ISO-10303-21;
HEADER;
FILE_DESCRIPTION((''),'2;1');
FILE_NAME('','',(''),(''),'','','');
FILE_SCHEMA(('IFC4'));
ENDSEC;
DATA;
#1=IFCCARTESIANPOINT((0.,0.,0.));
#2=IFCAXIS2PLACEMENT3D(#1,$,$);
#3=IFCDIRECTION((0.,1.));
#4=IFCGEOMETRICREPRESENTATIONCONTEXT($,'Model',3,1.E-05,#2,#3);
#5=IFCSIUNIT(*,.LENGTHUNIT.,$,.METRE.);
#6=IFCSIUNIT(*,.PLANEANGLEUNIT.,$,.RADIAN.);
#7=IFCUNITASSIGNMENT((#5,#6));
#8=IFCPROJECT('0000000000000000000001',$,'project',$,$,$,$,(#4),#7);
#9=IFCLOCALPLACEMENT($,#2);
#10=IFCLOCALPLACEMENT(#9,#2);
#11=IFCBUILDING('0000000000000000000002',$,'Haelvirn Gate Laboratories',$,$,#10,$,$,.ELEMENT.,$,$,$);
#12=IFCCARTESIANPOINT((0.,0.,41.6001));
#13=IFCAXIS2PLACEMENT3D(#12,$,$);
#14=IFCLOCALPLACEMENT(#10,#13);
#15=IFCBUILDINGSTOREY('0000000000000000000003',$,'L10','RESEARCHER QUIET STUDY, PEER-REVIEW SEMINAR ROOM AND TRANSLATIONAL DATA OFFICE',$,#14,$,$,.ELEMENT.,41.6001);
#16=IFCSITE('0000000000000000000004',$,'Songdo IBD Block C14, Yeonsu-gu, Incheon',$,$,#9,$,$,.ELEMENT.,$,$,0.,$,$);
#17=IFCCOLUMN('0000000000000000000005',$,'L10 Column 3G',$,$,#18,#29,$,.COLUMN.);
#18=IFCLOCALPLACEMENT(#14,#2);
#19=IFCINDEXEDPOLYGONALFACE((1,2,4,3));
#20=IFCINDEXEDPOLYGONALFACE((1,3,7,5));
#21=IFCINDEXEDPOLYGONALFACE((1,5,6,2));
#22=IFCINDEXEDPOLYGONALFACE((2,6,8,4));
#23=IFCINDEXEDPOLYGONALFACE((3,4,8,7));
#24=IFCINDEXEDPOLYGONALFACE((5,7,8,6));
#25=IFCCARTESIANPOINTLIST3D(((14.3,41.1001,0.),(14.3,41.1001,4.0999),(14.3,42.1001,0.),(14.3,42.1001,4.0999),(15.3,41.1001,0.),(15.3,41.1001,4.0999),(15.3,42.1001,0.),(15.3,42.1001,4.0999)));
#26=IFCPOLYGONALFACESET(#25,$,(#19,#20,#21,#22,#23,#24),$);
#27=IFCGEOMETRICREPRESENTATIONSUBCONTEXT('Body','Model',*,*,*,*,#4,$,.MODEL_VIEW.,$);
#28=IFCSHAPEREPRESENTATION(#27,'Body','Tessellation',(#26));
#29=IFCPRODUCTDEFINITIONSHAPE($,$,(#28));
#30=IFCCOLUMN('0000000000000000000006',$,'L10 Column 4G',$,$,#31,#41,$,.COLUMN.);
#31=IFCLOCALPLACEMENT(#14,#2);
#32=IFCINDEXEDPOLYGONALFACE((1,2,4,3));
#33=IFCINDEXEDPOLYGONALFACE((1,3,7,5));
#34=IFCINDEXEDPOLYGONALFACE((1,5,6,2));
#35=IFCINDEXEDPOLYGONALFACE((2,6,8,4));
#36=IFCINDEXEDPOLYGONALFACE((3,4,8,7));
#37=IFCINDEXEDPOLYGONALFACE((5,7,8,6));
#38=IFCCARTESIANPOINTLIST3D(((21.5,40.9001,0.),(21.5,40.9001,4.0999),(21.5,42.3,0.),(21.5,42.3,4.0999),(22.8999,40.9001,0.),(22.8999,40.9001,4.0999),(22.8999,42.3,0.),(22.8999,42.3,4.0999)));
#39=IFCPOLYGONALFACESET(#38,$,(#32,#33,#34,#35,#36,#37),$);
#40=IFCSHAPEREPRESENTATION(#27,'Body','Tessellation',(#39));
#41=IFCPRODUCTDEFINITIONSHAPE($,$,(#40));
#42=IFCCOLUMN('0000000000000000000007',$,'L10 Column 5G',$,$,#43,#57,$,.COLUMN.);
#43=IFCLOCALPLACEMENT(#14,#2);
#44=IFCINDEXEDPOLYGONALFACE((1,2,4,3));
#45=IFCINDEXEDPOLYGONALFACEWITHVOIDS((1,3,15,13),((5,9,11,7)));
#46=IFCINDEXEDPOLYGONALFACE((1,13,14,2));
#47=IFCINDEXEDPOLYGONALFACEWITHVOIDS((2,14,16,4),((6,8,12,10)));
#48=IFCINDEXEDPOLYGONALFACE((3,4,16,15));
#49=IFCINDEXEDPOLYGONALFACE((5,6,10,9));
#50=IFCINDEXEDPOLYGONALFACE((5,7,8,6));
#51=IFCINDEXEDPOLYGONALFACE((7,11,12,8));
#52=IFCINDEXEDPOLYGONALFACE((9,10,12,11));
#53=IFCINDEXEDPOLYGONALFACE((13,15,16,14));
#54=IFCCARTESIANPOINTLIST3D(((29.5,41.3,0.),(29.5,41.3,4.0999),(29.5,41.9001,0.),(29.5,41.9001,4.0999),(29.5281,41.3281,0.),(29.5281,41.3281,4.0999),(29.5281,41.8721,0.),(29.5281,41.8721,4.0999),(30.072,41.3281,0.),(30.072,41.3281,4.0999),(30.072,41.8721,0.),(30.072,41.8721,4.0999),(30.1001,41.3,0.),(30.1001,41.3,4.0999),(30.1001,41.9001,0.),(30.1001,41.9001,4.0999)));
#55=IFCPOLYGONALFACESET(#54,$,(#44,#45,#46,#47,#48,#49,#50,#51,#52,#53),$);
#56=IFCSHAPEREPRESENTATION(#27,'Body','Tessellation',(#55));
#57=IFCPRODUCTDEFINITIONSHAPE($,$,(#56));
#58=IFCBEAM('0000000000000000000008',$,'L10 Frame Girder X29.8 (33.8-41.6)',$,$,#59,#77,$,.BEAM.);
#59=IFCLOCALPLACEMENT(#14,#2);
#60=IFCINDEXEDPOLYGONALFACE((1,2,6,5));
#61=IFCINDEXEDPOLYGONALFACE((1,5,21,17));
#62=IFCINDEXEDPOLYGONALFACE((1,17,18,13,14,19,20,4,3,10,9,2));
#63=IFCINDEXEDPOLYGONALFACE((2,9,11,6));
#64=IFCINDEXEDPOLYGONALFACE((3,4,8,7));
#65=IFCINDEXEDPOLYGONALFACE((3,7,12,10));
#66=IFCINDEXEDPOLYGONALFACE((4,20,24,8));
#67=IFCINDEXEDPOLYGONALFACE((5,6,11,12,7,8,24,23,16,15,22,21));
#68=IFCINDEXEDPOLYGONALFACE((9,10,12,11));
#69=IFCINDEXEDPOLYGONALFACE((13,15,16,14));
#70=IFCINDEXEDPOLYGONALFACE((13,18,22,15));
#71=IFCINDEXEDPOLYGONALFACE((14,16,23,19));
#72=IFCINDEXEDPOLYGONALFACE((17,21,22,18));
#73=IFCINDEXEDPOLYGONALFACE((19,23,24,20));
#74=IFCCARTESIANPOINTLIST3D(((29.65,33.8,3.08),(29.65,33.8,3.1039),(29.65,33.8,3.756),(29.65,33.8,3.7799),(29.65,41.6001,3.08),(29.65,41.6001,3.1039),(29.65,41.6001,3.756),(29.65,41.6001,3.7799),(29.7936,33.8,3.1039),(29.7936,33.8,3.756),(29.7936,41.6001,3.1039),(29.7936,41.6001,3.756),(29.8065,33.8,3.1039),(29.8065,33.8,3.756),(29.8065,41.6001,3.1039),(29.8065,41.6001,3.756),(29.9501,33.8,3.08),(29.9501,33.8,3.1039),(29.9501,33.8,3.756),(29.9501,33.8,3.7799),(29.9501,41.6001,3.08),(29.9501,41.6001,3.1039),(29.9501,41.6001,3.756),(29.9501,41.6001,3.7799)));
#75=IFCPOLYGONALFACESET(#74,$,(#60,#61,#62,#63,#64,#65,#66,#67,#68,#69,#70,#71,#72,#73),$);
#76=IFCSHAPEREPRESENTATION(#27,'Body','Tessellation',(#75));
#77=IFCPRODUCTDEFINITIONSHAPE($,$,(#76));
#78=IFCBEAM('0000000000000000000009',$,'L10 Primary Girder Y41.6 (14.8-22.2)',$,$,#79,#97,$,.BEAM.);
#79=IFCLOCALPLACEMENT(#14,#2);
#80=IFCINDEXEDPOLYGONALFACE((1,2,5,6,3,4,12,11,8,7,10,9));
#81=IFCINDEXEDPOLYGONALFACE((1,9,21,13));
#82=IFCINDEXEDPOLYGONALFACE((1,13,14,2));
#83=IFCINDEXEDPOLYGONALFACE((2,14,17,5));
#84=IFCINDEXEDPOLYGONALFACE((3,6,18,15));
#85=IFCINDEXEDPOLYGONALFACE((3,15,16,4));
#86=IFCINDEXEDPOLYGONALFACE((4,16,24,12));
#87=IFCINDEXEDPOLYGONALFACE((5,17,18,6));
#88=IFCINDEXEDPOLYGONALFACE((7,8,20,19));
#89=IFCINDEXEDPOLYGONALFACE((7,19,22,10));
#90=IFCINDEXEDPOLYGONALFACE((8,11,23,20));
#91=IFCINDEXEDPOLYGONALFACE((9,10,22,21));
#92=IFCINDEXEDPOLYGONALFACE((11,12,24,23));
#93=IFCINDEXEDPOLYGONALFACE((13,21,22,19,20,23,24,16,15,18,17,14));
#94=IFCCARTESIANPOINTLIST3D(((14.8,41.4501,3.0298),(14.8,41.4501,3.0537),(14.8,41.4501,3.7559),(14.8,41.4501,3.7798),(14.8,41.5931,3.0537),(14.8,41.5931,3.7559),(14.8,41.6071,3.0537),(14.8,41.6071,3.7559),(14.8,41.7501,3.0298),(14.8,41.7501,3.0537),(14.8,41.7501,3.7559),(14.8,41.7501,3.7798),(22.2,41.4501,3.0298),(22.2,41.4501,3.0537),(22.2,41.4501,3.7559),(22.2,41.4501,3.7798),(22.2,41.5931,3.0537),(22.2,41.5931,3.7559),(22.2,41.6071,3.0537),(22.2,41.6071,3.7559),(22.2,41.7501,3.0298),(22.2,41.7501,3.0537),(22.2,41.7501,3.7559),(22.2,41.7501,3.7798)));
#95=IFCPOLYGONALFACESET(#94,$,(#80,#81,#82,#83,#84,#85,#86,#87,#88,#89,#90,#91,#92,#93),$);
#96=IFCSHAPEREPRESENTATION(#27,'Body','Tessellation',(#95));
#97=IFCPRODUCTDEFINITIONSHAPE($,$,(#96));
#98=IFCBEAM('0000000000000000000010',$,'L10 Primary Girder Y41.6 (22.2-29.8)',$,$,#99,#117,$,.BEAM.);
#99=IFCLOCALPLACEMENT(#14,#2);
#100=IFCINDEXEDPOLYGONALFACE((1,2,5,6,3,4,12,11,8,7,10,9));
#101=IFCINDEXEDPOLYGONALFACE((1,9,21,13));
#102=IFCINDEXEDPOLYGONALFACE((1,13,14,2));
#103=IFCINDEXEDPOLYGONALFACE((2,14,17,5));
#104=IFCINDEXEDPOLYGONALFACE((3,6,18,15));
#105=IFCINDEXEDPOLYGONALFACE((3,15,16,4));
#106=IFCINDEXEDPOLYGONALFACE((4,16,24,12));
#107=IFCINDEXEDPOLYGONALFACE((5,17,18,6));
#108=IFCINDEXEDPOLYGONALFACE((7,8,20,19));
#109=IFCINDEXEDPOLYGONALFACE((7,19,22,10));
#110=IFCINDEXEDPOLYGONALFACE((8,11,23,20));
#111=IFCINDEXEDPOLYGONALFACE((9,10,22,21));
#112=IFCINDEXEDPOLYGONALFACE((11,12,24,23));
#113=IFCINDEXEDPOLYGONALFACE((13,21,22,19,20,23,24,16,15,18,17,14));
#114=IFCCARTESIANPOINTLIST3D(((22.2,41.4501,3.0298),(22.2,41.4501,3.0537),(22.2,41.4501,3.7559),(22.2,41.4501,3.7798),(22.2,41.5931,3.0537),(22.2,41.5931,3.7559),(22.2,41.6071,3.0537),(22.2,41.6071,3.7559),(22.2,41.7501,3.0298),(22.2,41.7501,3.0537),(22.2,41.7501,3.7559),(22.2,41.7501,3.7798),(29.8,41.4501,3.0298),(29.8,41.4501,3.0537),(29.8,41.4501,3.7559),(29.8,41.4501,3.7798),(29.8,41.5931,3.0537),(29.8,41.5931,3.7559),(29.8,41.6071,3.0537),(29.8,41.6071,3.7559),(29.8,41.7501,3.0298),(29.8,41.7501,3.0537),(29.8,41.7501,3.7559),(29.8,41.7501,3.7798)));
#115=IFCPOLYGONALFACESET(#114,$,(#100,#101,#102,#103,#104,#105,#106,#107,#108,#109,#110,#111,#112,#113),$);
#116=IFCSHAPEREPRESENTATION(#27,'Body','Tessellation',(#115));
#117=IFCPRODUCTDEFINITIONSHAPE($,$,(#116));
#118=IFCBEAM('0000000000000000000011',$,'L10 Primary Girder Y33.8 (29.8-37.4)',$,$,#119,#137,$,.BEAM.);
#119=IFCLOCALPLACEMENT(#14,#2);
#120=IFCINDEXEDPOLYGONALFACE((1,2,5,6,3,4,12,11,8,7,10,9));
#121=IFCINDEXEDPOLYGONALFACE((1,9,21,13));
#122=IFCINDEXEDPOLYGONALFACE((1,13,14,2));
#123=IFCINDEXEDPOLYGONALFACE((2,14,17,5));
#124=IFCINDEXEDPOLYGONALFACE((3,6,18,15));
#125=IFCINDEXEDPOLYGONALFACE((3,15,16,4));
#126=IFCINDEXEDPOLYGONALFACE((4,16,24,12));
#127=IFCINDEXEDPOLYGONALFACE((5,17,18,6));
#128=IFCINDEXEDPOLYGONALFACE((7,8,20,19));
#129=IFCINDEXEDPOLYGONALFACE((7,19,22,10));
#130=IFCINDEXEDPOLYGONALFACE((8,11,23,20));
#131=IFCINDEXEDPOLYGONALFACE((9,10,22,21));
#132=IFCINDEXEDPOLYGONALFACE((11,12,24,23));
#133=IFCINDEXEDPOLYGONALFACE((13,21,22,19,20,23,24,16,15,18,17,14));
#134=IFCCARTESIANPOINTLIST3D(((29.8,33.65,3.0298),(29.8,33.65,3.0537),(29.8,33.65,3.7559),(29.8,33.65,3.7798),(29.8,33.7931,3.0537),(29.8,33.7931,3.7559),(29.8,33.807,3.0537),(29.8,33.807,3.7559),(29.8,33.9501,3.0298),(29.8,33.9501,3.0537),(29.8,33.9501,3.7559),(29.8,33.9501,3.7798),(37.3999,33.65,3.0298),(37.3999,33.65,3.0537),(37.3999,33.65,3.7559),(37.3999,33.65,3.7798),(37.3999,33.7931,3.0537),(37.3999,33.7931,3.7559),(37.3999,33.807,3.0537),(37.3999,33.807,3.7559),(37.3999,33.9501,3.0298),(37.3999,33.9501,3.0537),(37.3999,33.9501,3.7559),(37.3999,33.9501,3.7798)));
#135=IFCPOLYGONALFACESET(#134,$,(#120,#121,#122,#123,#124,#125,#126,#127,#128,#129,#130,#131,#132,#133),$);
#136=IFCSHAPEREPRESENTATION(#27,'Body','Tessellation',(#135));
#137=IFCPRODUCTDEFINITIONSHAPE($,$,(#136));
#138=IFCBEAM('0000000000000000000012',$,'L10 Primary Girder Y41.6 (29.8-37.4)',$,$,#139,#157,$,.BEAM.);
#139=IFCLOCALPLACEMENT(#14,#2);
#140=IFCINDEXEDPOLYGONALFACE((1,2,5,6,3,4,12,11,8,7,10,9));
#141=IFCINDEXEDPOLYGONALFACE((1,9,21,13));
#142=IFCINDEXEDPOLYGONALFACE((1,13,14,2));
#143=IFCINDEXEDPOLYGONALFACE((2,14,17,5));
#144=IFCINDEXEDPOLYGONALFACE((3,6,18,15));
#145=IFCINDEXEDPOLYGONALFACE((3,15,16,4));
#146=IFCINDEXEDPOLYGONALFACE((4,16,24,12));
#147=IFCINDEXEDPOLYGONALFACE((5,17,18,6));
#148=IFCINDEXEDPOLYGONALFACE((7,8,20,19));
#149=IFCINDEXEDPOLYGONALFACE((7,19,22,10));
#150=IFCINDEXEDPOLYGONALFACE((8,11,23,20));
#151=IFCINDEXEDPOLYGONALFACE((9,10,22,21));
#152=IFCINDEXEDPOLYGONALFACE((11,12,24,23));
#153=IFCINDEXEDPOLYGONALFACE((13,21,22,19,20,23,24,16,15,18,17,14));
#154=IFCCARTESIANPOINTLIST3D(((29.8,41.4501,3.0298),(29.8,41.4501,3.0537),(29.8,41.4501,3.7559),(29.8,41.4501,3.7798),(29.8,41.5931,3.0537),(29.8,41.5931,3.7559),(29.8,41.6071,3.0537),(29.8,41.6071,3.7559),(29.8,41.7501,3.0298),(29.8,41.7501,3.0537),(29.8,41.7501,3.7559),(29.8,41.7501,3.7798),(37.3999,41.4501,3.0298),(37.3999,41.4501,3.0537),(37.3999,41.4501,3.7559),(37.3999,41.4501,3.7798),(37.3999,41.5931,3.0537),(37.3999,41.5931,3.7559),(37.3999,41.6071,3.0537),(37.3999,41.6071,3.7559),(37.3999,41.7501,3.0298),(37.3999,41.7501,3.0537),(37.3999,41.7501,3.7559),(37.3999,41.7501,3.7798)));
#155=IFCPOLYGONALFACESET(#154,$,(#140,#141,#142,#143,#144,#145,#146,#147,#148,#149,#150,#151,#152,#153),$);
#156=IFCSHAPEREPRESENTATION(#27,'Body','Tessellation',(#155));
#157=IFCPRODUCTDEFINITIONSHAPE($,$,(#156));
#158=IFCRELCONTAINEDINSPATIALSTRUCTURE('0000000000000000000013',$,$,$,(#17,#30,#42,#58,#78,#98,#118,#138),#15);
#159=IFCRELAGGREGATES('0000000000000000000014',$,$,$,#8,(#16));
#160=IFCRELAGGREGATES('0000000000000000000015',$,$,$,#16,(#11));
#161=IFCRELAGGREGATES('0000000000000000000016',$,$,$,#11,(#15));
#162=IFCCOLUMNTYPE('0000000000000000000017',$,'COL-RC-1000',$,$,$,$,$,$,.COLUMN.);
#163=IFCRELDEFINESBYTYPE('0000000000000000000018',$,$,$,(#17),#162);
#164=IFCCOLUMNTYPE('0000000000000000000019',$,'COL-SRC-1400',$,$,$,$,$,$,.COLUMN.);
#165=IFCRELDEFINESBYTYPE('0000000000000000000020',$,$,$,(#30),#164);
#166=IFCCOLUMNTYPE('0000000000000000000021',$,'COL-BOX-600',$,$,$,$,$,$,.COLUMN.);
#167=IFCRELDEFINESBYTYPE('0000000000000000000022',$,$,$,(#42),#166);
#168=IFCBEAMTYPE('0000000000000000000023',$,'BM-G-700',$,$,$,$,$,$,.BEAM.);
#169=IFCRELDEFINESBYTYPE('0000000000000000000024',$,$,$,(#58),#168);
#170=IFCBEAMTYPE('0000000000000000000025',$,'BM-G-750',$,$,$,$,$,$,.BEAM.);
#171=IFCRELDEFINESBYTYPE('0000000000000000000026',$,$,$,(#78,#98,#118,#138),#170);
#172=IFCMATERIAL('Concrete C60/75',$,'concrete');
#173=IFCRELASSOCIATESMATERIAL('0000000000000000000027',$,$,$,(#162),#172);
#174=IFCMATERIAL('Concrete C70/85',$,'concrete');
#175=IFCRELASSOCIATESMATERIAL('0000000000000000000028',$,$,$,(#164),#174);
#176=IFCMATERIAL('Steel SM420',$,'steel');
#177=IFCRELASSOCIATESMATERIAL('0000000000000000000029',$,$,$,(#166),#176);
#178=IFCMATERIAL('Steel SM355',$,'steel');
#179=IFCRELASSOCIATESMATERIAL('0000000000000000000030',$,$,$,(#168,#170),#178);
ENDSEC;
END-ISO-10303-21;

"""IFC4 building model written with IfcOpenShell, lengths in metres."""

from ifc_helpers import new_model, si_unit, direction, frame, origin, origin_2d, place, context, subcontext, project, spatial, rectangle, hollow_rectangle, i_section, extrude, source, transform, mapped, material, material_profile, profile_set, type_object, type_shapes, element, save


model = new_model("IFC4")

# Units and contexts
model_context = context("Model", 3, precision=1e-05, world=origin(), true_north=direction((0.0, 1.0)))
body_context = subcontext(model_context, "Body", "Model", "MODEL_VIEW")
ifc_project = project(units=[si_unit("LENGTHUNIT", "METRE"), si_unit("PLANEANGLEUNIT", "RADIAN")], contexts=[model_context])

# Site, building, storey
site_placement = place(None, origin())
site = spatial("IfcSite", under=ifc_project, at=site_placement, Name="Songdo IBD Block C14, Yeonsu-gu, Incheon", CompositionType="ELEMENT", RefElevation=0.0)
building_placement = place(site_placement, origin())
building = spatial("IfcBuilding", under=site, at=building_placement, Name="Haelvirn Gate Laboratories", CompositionType="ELEMENT")
storey_placement = place(building_placement, frame((0.0, 0.0, 41.6001)))
storey = spatial("IfcBuildingStorey", under=building, at=storey_placement, Name="L10", Description="RESEARCHER QUIET STUDY, PEER-REVIEW SEMINAR ROOM AND TRANSLATIONAL DATA OFFICE", CompositionType="ELEMENT", Elevation=41.6001)

# Columns
ifc_material_1 = material(Name="Concrete C60/75", Category="concrete")
ifc_material_profile_1 = material_profile(ifc_material_1, rectangle(XDim=1.0, YDim=1.0, at=origin_2d()), Name="RC-1000x1000")
ifc_profile_set_1 = profile_set([ifc_material_profile_1], Name="Concrete C60/75")
column_type_1 = type_object("IfcColumnType", Name="COL-RC-1000", PredefinedType="COLUMN", material=ifc_profile_set_1)
shared_shape_1 = source(origin(), body_context, "Body", "SweptSolid", [
    extrude(rectangle(XDim=1.0, YDim=1.0, at=origin_2d()), origin(), (0.0, 0.0, 1.0), 4.0999),
])
type_shapes(column_type_1, [shared_shape_1])
column_1_placement = place(storey_placement, frame((14.8, 41.6001, 0.0), z_axis=(0.0, 0.0, 1.0), x_axis=(1.0, 0.0, 0.0)))
element("IfcColumn", 1, at=column_1_placement, inside=storey, type_object=column_type_1, Name="L10 Column 3G", PredefinedType="COLUMN", context=body_context, shape_type="MappedRepresentation", body=[
    mapped(shared_shape_1, transform((0.0, 0.0, 0.0), scale=1.0)),
])
ifc_material_2 = material(Name="Concrete C70/85", Category="concrete")
ifc_material_profile_2 = material_profile(ifc_material_2, rectangle(XDim=1.3999, YDim=1.3999, at=origin_2d()), Name="SRC-1400x1400")
ifc_profile_set_2 = profile_set([ifc_material_profile_2], Name="Concrete C70/85")
column_type_2 = type_object("IfcColumnType", Name="COL-SRC-1400", PredefinedType="COLUMN", material=ifc_profile_set_2)
shared_shape_2 = source(origin(), body_context, "Body", "SweptSolid", [
    extrude(rectangle(XDim=1.3999, YDim=1.3999, at=origin_2d()), origin(), (0.0, 0.0, 1.0), 4.0999),
])
type_shapes(column_type_2, [shared_shape_2])
column_2_placement = place(storey_placement, frame((22.2, 41.6001, 0.0), z_axis=(0.0, 0.0, 1.0), x_axis=(1.0, 0.0, 0.0)))
element("IfcColumn", 2, at=column_2_placement, inside=storey, type_object=column_type_2, Name="L10 Column 4G", PredefinedType="COLUMN", context=body_context, shape_type="MappedRepresentation", body=[
    mapped(shared_shape_2, transform((0.0, 0.0, 0.0), scale=1.0)),
])
ifc_material_3 = material(Name="Steel SM420", Category="steel")
ifc_material_profile_3 = material_profile(ifc_material_3, hollow_rectangle(XDim=0.6001, YDim=0.6001, WallThickness=0.0281, at=origin_2d()), Name="BOX-600x600x28")
ifc_profile_set_3 = profile_set([ifc_material_profile_3], Name="Steel SM420")
column_type_3 = type_object("IfcColumnType", Name="COL-BOX-600", PredefinedType="COLUMN", material=ifc_profile_set_3)
shared_shape_3 = source(origin(), body_context, "Body", "SweptSolid", [
    extrude(hollow_rectangle(XDim=0.6001, YDim=0.6001, WallThickness=0.0281, at=origin_2d()), origin(), (0.0, 0.0, 1.0), 4.0999),
])
type_shapes(column_type_3, [shared_shape_3])
column_3_placement = place(storey_placement, frame((29.8, 41.6001, 0.0), z_axis=(0.0, 0.0, 1.0), x_axis=(1.0, 0.0, 0.0)))
element("IfcColumn", 3, at=column_3_placement, inside=storey, type_object=column_type_3, Name="L10 Column 5G", PredefinedType="COLUMN", context=body_context, shape_type="MappedRepresentation", body=[
    mapped(shared_shape_3, transform((0.0, 0.0, 0.0), scale=1.0)),
])

# Beams
ifc_material_4 = material(Name="Steel SM355", Category="steel")
ifc_material_profile_4 = material_profile(ifc_material_4, i_section(OverallWidth=0.3, OverallDepth=0.7, WebThickness=0.0129, FlangeThickness=0.0239, at=origin_2d()), Name="H-700x300x13x24")
ifc_profile_set_4 = profile_set([ifc_material_profile_4], Name="Steel SM355")
beam_type_1 = type_object("IfcBeamType", Name="BM-G-700", PredefinedType="BEAM", material=ifc_profile_set_4)
shared_shape_4 = source(origin(), body_context, "Body", "SweptSolid", [
    extrude(i_section(OverallWidth=0.3, OverallDepth=0.7, WebThickness=0.0129, FlangeThickness=0.0239, at=origin_2d()), origin(), (0.0, 0.0, 1.0), 7.8),
])
type_shapes(beam_type_1, [shared_shape_4])
beam_1_placement = place(storey_placement, frame((29.8, 33.8, 3.4299), z_axis=(0.0, 1.0, 0.0), x_axis=(-1.0, 0.0, 0.0)))
element("IfcBeam", 4, at=beam_1_placement, inside=storey, type_object=beam_type_1, Name="L10 Frame Girder X29.8 (33.8-41.6)", PredefinedType="BEAM", context=body_context, shape_type="MappedRepresentation", body=[
    mapped(shared_shape_4, transform((0.0, 0.0, 0.0), scale=1.0)),
])
ifc_material_profile_5 = material_profile(ifc_material_4, i_section(OverallWidth=0.3, OverallDepth=0.75, WebThickness=0.0139, FlangeThickness=0.0239, at=origin_2d()), Name="H-750x300x14x24")
ifc_profile_set_5 = profile_set([ifc_material_profile_5], Name="Steel SM355")
beam_type_2 = type_object("IfcBeamType", Name="BM-G-750", PredefinedType="BEAM", material=ifc_profile_set_5)
shared_shape_5 = source(origin(), body_context, "Body", "SweptSolid", [
    extrude(i_section(OverallWidth=0.3, OverallDepth=0.75, WebThickness=0.0139, FlangeThickness=0.0239, at=origin_2d()), origin(), (0.0, 0.0, 1.0), 7.3999),
])
beam_2_placement = place(storey_placement, frame((14.8, 41.6001, 3.4048), z_axis=(1.0, 0.0, 0.0), x_axis=(0.0, 1.0, 0.0)))
element("IfcBeam", 5, at=beam_2_placement, inside=storey, type_object=beam_type_2, Name="L10 Primary Girder Y41.6 (14.8-22.2)", PredefinedType="BEAM", context=body_context, shape_type="MappedRepresentation", body=[
    mapped(shared_shape_5, transform((0.0, 0.0, 0.0), scale=1.0)),
])
shared_shape_6 = source(origin(), body_context, "Body", "SweptSolid", [
    extrude(i_section(OverallWidth=0.3, OverallDepth=0.75, WebThickness=0.0139, FlangeThickness=0.0239, at=origin_2d()), origin(), (0.0, 0.0, 1.0), 7.6001),
])
beam_3_placement = place(storey_placement, frame((22.2, 41.6001, 3.4048), z_axis=(1.0, 0.0, 0.0), x_axis=(0.0, 1.0, 0.0)))
element("IfcBeam", 6, at=beam_3_placement, inside=storey, type_object=beam_type_2, Name="L10 Primary Girder Y41.6 (22.2-29.8)", PredefinedType="BEAM", context=body_context, shape_type="MappedRepresentation", body=[
    mapped(shared_shape_6, transform((0.0, 0.0, 0.0), scale=1.0)),
])
shared_shape_7 = source(origin(), body_context, "Body", "SweptSolid", [
    extrude(i_section(OverallWidth=0.3, OverallDepth=0.75, WebThickness=0.0139, FlangeThickness=0.0239, at=origin_2d()), origin(), (0.0, 0.0, 1.0), 7.5999),
])
type_shapes(beam_type_2, [shared_shape_5, shared_shape_6, shared_shape_7])
for number, where, z_axis, x_axis, name in (
    (7, (29.8, 33.8, 3.4048), (1.0, 0.0, 0.0), (0.0, 1.0, 0.0), "L10 Primary Girder Y33.8 (29.8-37.4)"),
    (8, (29.8, 41.6001, 3.4048), (1.0, 0.0, 0.0), (0.0, 1.0, 0.0), "L10 Primary Girder Y41.6 (29.8-37.4)"),
):
    element("IfcBeam", number, at=place(storey_placement, frame(where, z_axis=z_axis, x_axis=x_axis)), inside=storey, type_object=beam_type_2, Name=name, PredefinedType="BEAM", context=body_context, shape_type="MappedRepresentation", body=[
        mapped(shared_shape_7, transform((0.0, 0.0, 0.0), scale=1.0)),
    ])

save(model, "model.ifc")
